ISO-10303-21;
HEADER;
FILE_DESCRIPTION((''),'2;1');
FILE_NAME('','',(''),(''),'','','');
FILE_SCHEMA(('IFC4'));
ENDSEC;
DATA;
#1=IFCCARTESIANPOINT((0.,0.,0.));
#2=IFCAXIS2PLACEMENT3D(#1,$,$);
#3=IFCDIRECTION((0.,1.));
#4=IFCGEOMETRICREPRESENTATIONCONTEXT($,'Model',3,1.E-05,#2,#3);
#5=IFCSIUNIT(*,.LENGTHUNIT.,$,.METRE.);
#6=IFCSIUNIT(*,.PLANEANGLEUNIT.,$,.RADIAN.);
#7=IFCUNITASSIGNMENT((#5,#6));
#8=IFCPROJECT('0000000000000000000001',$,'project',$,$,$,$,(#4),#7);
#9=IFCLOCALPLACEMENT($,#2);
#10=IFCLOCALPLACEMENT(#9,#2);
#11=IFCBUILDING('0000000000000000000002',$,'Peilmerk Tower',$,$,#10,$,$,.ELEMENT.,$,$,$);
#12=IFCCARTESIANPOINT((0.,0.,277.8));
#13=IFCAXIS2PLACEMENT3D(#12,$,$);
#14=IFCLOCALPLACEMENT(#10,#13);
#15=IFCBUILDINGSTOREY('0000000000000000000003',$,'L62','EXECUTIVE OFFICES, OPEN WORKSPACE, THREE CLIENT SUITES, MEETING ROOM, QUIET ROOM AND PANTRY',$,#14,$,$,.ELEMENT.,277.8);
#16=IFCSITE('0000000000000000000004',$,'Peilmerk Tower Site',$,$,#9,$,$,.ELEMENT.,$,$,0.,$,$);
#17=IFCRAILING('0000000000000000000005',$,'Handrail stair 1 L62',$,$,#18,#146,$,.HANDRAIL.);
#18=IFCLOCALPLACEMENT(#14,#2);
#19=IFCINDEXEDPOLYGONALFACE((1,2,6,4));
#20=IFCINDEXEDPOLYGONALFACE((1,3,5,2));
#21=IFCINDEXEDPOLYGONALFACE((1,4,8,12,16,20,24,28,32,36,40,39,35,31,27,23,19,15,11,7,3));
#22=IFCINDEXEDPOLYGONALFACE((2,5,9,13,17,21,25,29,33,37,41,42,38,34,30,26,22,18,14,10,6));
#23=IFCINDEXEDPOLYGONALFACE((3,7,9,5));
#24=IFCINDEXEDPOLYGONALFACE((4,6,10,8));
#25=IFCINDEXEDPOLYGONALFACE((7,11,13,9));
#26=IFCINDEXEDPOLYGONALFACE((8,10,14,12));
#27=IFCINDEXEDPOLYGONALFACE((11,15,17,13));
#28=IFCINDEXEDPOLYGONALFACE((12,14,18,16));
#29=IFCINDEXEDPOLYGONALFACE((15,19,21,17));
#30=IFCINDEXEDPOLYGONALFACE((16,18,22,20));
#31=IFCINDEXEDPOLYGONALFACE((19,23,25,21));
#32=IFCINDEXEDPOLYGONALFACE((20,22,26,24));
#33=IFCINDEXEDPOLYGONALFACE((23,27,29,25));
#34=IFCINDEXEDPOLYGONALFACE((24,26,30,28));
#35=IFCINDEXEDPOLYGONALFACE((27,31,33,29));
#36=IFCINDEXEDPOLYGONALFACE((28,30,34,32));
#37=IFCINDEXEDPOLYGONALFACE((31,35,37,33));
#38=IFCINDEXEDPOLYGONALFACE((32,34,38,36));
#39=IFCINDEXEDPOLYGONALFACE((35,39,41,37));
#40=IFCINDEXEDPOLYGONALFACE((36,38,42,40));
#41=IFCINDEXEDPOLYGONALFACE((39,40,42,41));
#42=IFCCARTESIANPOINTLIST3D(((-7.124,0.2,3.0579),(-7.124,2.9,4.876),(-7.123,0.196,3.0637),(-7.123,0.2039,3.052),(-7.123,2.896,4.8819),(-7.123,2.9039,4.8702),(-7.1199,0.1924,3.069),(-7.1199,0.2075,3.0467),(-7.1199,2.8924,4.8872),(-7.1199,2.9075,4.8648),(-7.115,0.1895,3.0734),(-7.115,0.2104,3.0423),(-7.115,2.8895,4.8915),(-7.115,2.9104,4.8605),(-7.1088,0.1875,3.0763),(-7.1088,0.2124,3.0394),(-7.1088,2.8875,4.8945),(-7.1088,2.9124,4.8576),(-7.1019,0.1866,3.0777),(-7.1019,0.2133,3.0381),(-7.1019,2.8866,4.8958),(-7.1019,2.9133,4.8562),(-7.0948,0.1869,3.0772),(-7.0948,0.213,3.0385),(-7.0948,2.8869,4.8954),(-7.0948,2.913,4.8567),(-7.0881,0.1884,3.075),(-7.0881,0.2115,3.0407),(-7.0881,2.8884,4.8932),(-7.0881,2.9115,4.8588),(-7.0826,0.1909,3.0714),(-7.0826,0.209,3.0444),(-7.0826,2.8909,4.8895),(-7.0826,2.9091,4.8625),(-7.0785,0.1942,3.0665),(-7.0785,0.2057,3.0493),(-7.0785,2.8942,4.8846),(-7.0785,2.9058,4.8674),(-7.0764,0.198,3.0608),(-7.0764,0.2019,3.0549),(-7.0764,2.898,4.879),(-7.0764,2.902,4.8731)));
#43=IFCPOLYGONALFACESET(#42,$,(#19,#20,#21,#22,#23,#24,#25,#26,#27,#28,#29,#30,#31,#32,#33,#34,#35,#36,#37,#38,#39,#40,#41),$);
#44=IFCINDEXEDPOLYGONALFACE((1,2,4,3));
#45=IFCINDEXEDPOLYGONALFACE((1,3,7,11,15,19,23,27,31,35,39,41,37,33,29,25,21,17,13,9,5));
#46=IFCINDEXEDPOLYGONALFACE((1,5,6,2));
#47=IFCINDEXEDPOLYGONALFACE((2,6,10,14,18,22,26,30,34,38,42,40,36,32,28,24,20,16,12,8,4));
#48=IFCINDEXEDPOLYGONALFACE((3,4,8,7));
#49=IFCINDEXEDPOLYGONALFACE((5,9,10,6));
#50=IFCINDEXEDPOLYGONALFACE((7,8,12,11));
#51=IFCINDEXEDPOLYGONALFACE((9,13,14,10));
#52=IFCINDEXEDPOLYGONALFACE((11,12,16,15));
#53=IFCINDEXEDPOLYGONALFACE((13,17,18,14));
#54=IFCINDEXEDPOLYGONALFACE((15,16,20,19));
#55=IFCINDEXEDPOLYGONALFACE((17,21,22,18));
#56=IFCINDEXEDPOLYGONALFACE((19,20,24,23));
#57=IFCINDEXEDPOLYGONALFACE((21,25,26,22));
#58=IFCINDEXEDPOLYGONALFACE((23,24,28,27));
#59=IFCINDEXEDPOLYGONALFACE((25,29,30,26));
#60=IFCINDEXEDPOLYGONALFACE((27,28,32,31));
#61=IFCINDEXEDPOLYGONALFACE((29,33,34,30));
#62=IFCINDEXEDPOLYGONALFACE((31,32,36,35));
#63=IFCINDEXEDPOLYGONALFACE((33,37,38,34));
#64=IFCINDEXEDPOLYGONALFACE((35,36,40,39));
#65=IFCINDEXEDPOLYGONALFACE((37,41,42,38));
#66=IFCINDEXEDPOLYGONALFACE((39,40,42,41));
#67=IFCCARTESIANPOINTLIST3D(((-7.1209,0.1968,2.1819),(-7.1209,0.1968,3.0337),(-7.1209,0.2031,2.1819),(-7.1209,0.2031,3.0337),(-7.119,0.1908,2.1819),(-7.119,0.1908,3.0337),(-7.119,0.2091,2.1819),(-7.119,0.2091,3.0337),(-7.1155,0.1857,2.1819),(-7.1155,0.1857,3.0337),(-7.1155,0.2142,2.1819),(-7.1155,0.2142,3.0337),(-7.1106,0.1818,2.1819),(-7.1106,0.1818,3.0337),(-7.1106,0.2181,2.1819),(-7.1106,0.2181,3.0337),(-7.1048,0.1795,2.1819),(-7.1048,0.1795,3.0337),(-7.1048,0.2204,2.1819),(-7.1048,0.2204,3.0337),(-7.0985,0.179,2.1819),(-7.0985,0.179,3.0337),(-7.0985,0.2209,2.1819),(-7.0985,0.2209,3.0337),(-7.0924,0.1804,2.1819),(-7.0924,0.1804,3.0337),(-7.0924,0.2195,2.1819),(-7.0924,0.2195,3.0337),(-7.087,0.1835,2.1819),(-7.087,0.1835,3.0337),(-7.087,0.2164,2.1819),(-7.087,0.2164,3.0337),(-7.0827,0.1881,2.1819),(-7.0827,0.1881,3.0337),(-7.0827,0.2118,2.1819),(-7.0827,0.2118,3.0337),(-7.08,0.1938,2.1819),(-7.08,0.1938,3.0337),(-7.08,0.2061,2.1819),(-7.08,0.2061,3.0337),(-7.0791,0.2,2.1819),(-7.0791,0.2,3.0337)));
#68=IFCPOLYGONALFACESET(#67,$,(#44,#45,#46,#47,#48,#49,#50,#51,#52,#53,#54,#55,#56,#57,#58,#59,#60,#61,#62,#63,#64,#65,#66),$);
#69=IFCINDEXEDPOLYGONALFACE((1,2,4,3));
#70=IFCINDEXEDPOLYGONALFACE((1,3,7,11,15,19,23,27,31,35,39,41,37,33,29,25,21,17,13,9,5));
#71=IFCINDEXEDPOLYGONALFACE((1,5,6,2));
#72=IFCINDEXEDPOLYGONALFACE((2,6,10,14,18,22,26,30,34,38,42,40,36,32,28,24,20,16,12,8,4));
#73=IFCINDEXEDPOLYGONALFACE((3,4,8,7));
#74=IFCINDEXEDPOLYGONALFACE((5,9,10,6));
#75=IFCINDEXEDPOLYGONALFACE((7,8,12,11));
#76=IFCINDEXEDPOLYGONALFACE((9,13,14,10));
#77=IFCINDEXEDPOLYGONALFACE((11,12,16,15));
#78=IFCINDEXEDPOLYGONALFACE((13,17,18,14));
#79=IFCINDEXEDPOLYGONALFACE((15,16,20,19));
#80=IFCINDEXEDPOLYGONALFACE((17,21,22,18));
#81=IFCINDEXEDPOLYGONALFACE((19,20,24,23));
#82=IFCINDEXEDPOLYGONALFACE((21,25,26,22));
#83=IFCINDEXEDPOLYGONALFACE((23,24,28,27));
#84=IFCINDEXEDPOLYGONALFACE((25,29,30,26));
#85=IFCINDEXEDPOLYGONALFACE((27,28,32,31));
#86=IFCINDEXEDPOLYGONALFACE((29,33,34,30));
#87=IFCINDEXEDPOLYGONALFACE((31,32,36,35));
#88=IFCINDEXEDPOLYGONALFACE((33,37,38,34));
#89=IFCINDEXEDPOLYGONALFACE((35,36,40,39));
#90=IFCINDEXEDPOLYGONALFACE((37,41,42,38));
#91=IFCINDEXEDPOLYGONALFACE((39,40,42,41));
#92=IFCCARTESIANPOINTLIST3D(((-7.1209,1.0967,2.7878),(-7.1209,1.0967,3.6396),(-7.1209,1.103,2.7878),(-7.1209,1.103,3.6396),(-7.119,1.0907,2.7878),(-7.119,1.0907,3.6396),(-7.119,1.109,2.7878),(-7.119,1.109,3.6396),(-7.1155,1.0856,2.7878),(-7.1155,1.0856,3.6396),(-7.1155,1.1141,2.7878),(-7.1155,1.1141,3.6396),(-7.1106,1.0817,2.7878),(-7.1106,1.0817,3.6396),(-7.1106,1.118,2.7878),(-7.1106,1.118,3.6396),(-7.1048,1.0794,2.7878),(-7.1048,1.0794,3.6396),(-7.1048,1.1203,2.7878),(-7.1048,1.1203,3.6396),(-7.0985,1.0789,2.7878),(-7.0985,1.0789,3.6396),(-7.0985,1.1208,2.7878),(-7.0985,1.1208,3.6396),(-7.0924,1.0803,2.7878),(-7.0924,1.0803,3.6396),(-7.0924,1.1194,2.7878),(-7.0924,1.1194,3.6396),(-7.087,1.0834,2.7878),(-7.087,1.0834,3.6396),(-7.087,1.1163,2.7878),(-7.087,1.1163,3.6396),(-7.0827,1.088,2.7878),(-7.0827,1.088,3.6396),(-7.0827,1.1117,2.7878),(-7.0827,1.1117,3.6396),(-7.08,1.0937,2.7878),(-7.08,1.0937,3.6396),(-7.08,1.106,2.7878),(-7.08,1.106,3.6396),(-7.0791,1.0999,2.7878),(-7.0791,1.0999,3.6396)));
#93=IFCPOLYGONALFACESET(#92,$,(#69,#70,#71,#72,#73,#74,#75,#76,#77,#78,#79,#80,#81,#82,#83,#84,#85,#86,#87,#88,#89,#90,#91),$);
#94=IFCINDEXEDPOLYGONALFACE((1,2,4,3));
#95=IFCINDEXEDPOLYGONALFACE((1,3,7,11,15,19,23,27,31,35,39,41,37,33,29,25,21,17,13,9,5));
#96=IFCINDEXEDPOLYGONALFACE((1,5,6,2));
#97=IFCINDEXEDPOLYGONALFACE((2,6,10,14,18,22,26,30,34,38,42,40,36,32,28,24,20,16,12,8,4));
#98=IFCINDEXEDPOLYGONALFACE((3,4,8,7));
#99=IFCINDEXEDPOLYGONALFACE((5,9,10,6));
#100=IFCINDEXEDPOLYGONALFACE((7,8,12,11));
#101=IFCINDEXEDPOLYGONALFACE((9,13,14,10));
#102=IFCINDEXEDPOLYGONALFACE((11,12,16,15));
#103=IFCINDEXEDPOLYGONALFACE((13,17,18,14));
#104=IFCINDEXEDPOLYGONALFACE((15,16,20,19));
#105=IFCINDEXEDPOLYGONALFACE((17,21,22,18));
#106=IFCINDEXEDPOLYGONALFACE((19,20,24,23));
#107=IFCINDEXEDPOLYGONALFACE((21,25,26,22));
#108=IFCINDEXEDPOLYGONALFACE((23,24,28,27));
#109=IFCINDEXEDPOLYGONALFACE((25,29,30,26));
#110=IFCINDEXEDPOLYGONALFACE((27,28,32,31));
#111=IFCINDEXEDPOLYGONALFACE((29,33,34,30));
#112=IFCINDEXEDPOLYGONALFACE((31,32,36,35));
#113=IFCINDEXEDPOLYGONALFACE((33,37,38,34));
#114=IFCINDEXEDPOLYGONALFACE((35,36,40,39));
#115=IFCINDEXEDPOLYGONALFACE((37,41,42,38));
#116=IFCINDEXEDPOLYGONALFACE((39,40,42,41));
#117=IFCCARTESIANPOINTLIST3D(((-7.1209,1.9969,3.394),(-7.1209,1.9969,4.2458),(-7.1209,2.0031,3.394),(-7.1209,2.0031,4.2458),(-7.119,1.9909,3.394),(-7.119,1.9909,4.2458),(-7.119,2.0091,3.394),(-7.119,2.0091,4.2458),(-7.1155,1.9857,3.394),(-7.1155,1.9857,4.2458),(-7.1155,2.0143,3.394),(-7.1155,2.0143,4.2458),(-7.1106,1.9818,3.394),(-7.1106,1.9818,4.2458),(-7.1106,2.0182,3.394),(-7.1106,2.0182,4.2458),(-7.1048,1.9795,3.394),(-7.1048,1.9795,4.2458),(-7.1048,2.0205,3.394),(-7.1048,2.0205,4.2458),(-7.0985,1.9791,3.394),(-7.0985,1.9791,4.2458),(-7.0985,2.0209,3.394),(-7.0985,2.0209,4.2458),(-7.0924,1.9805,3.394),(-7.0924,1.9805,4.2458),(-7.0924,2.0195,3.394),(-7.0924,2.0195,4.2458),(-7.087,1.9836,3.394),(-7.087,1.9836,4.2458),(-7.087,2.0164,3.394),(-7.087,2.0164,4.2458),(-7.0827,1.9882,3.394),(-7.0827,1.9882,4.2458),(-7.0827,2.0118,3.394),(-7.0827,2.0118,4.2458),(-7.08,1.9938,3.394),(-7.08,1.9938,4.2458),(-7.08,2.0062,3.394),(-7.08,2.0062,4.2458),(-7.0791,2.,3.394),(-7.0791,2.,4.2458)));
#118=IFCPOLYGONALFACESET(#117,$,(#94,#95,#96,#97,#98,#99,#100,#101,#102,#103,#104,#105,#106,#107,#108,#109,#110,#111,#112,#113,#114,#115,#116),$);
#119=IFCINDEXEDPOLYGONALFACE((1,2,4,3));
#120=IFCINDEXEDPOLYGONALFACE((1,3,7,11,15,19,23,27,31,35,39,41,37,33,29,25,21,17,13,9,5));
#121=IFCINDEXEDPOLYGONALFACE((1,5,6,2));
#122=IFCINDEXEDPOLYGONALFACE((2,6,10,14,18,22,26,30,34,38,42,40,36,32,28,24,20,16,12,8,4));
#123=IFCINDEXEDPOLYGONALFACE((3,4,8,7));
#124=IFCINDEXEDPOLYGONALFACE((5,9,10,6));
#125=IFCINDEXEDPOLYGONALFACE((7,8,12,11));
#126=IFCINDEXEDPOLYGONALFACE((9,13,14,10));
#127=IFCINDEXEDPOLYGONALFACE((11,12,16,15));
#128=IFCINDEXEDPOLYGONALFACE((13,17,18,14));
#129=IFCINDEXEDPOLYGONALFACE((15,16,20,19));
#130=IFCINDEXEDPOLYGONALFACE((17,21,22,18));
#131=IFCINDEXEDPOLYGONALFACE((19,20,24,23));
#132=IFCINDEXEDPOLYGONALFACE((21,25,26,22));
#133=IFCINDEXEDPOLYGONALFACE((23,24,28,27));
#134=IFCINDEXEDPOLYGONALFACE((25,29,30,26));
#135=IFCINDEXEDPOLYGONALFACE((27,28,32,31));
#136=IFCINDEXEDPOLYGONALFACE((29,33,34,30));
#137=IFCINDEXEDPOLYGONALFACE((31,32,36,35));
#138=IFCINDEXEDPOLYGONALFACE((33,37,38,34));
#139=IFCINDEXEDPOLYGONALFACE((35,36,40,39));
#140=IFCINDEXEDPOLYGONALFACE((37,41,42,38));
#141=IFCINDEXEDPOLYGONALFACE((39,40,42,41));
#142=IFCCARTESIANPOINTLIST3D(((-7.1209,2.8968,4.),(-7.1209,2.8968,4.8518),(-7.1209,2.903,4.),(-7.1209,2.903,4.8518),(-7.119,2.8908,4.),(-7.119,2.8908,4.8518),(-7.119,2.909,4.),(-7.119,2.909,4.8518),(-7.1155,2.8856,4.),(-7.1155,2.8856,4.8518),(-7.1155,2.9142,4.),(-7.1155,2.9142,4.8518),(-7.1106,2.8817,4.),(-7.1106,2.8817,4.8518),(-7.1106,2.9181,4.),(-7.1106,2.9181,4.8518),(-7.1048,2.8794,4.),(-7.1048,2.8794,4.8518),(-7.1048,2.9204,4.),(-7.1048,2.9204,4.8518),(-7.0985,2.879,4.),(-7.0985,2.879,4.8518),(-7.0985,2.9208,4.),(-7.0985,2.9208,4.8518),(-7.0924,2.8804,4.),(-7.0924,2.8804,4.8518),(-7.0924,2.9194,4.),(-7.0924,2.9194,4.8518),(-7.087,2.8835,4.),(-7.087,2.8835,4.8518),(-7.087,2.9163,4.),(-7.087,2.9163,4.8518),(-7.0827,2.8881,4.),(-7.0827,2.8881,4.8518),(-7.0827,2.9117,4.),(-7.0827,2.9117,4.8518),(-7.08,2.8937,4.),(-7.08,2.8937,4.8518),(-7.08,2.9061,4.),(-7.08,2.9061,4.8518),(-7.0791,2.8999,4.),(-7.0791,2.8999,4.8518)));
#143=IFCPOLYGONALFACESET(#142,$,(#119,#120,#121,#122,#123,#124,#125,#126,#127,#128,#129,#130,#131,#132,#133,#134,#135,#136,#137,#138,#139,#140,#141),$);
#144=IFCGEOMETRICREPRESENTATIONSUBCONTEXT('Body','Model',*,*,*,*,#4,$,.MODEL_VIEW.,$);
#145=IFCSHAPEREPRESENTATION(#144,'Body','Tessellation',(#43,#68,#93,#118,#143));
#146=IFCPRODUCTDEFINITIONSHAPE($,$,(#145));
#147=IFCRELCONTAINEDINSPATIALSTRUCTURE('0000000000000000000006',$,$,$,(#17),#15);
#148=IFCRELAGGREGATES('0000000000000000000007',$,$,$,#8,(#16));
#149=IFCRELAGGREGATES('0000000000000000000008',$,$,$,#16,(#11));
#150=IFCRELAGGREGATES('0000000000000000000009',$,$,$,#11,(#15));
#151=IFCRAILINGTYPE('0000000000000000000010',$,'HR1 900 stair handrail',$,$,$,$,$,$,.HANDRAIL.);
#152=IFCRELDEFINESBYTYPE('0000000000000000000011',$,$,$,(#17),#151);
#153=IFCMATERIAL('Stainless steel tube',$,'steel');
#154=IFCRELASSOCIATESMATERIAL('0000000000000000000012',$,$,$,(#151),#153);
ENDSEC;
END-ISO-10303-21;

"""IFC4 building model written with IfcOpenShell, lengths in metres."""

from ifc_helpers import new_model, si_unit, direction, frame, origin, origin_2d, place, context, subcontext, project, spatial, circle, extrude, material, type_object, element, save


model = new_model("IFC4")

# Units and contexts
model_context = context("Model", 3, precision=1e-05, world=origin(), true_north=direction((0.0, 1.0)))
body_context = subcontext(model_context, "Body", "Model", "MODEL_VIEW")
ifc_project = project(units=[si_unit("LENGTHUNIT", "METRE"), si_unit("PLANEANGLEUNIT", "RADIAN")], contexts=[model_context])

# Site, building, storey
site_placement = place(None, origin())
site = spatial("IfcSite", under=ifc_project, at=site_placement, Name="Peilmerk Tower Site", CompositionType="ELEMENT", RefElevation=0.0)
building_placement = place(site_placement, origin())
building = spatial("IfcBuilding", under=site, at=building_placement, Name="Peilmerk Tower", CompositionType="ELEMENT")
storey_placement = place(building_placement, frame((0.0, 0.0, 277.8)))
storey = spatial("IfcBuildingStorey", under=building, at=storey_placement, Name="L62", Description="EXECUTIVE OFFICES, OPEN WORKSPACE, THREE CLIENT SUITES, MEETING ROOM, QUIET ROOM AND PANTRY", CompositionType="ELEMENT", Elevation=277.8)

# Railing
ifc_material_1 = material(Name="Stainless steel tube", Category="steel")
railing_type_1 = type_object("IfcRailingType", Name="HR1 900 stair handrail", PredefinedType="HANDRAIL", material=ifc_material_1)
railing_1_placement = place(storey_placement, frame((-7.1001, 0.2, 2.1819)))
element("IfcRailing", 1, at=railing_1_placement, inside=storey, type_object=railing_type_1, Name="Handrail stair 1 L62", PredefinedType="HANDRAIL", context=body_context, shape_type="SweptSolid", body=[
    extrude(circle(Radius=0.0239, at=origin_2d()), frame((0.0, 0.0, 0.876), z_axis=(0.0, 0.829468, 0.558554), x_axis=(-1.0, 0.0, 0.0)), (0.0, 0.0, 1.0), 3.2551),
    extrude(circle(Radius=0.021, at=origin_2d()), origin(), (0.0, 0.0, 1.0), 0.8518),
    extrude(circle(Radius=0.021, at=origin_2d()), frame((0.0, 0.8999, 0.606)), (0.0, 0.0, 1.0), 0.8518),
    extrude(circle(Radius=0.021, at=origin_2d()), frame((0.0, 1.8, 1.2122)), (0.0, 0.0, 1.0), 0.8518),
    extrude(circle(Radius=0.021, at=origin_2d()), frame((0.0, 2.7, 1.8181)), (0.0, 0.0, 1.0), 0.8518),
])

save(model, "model.ifc")
